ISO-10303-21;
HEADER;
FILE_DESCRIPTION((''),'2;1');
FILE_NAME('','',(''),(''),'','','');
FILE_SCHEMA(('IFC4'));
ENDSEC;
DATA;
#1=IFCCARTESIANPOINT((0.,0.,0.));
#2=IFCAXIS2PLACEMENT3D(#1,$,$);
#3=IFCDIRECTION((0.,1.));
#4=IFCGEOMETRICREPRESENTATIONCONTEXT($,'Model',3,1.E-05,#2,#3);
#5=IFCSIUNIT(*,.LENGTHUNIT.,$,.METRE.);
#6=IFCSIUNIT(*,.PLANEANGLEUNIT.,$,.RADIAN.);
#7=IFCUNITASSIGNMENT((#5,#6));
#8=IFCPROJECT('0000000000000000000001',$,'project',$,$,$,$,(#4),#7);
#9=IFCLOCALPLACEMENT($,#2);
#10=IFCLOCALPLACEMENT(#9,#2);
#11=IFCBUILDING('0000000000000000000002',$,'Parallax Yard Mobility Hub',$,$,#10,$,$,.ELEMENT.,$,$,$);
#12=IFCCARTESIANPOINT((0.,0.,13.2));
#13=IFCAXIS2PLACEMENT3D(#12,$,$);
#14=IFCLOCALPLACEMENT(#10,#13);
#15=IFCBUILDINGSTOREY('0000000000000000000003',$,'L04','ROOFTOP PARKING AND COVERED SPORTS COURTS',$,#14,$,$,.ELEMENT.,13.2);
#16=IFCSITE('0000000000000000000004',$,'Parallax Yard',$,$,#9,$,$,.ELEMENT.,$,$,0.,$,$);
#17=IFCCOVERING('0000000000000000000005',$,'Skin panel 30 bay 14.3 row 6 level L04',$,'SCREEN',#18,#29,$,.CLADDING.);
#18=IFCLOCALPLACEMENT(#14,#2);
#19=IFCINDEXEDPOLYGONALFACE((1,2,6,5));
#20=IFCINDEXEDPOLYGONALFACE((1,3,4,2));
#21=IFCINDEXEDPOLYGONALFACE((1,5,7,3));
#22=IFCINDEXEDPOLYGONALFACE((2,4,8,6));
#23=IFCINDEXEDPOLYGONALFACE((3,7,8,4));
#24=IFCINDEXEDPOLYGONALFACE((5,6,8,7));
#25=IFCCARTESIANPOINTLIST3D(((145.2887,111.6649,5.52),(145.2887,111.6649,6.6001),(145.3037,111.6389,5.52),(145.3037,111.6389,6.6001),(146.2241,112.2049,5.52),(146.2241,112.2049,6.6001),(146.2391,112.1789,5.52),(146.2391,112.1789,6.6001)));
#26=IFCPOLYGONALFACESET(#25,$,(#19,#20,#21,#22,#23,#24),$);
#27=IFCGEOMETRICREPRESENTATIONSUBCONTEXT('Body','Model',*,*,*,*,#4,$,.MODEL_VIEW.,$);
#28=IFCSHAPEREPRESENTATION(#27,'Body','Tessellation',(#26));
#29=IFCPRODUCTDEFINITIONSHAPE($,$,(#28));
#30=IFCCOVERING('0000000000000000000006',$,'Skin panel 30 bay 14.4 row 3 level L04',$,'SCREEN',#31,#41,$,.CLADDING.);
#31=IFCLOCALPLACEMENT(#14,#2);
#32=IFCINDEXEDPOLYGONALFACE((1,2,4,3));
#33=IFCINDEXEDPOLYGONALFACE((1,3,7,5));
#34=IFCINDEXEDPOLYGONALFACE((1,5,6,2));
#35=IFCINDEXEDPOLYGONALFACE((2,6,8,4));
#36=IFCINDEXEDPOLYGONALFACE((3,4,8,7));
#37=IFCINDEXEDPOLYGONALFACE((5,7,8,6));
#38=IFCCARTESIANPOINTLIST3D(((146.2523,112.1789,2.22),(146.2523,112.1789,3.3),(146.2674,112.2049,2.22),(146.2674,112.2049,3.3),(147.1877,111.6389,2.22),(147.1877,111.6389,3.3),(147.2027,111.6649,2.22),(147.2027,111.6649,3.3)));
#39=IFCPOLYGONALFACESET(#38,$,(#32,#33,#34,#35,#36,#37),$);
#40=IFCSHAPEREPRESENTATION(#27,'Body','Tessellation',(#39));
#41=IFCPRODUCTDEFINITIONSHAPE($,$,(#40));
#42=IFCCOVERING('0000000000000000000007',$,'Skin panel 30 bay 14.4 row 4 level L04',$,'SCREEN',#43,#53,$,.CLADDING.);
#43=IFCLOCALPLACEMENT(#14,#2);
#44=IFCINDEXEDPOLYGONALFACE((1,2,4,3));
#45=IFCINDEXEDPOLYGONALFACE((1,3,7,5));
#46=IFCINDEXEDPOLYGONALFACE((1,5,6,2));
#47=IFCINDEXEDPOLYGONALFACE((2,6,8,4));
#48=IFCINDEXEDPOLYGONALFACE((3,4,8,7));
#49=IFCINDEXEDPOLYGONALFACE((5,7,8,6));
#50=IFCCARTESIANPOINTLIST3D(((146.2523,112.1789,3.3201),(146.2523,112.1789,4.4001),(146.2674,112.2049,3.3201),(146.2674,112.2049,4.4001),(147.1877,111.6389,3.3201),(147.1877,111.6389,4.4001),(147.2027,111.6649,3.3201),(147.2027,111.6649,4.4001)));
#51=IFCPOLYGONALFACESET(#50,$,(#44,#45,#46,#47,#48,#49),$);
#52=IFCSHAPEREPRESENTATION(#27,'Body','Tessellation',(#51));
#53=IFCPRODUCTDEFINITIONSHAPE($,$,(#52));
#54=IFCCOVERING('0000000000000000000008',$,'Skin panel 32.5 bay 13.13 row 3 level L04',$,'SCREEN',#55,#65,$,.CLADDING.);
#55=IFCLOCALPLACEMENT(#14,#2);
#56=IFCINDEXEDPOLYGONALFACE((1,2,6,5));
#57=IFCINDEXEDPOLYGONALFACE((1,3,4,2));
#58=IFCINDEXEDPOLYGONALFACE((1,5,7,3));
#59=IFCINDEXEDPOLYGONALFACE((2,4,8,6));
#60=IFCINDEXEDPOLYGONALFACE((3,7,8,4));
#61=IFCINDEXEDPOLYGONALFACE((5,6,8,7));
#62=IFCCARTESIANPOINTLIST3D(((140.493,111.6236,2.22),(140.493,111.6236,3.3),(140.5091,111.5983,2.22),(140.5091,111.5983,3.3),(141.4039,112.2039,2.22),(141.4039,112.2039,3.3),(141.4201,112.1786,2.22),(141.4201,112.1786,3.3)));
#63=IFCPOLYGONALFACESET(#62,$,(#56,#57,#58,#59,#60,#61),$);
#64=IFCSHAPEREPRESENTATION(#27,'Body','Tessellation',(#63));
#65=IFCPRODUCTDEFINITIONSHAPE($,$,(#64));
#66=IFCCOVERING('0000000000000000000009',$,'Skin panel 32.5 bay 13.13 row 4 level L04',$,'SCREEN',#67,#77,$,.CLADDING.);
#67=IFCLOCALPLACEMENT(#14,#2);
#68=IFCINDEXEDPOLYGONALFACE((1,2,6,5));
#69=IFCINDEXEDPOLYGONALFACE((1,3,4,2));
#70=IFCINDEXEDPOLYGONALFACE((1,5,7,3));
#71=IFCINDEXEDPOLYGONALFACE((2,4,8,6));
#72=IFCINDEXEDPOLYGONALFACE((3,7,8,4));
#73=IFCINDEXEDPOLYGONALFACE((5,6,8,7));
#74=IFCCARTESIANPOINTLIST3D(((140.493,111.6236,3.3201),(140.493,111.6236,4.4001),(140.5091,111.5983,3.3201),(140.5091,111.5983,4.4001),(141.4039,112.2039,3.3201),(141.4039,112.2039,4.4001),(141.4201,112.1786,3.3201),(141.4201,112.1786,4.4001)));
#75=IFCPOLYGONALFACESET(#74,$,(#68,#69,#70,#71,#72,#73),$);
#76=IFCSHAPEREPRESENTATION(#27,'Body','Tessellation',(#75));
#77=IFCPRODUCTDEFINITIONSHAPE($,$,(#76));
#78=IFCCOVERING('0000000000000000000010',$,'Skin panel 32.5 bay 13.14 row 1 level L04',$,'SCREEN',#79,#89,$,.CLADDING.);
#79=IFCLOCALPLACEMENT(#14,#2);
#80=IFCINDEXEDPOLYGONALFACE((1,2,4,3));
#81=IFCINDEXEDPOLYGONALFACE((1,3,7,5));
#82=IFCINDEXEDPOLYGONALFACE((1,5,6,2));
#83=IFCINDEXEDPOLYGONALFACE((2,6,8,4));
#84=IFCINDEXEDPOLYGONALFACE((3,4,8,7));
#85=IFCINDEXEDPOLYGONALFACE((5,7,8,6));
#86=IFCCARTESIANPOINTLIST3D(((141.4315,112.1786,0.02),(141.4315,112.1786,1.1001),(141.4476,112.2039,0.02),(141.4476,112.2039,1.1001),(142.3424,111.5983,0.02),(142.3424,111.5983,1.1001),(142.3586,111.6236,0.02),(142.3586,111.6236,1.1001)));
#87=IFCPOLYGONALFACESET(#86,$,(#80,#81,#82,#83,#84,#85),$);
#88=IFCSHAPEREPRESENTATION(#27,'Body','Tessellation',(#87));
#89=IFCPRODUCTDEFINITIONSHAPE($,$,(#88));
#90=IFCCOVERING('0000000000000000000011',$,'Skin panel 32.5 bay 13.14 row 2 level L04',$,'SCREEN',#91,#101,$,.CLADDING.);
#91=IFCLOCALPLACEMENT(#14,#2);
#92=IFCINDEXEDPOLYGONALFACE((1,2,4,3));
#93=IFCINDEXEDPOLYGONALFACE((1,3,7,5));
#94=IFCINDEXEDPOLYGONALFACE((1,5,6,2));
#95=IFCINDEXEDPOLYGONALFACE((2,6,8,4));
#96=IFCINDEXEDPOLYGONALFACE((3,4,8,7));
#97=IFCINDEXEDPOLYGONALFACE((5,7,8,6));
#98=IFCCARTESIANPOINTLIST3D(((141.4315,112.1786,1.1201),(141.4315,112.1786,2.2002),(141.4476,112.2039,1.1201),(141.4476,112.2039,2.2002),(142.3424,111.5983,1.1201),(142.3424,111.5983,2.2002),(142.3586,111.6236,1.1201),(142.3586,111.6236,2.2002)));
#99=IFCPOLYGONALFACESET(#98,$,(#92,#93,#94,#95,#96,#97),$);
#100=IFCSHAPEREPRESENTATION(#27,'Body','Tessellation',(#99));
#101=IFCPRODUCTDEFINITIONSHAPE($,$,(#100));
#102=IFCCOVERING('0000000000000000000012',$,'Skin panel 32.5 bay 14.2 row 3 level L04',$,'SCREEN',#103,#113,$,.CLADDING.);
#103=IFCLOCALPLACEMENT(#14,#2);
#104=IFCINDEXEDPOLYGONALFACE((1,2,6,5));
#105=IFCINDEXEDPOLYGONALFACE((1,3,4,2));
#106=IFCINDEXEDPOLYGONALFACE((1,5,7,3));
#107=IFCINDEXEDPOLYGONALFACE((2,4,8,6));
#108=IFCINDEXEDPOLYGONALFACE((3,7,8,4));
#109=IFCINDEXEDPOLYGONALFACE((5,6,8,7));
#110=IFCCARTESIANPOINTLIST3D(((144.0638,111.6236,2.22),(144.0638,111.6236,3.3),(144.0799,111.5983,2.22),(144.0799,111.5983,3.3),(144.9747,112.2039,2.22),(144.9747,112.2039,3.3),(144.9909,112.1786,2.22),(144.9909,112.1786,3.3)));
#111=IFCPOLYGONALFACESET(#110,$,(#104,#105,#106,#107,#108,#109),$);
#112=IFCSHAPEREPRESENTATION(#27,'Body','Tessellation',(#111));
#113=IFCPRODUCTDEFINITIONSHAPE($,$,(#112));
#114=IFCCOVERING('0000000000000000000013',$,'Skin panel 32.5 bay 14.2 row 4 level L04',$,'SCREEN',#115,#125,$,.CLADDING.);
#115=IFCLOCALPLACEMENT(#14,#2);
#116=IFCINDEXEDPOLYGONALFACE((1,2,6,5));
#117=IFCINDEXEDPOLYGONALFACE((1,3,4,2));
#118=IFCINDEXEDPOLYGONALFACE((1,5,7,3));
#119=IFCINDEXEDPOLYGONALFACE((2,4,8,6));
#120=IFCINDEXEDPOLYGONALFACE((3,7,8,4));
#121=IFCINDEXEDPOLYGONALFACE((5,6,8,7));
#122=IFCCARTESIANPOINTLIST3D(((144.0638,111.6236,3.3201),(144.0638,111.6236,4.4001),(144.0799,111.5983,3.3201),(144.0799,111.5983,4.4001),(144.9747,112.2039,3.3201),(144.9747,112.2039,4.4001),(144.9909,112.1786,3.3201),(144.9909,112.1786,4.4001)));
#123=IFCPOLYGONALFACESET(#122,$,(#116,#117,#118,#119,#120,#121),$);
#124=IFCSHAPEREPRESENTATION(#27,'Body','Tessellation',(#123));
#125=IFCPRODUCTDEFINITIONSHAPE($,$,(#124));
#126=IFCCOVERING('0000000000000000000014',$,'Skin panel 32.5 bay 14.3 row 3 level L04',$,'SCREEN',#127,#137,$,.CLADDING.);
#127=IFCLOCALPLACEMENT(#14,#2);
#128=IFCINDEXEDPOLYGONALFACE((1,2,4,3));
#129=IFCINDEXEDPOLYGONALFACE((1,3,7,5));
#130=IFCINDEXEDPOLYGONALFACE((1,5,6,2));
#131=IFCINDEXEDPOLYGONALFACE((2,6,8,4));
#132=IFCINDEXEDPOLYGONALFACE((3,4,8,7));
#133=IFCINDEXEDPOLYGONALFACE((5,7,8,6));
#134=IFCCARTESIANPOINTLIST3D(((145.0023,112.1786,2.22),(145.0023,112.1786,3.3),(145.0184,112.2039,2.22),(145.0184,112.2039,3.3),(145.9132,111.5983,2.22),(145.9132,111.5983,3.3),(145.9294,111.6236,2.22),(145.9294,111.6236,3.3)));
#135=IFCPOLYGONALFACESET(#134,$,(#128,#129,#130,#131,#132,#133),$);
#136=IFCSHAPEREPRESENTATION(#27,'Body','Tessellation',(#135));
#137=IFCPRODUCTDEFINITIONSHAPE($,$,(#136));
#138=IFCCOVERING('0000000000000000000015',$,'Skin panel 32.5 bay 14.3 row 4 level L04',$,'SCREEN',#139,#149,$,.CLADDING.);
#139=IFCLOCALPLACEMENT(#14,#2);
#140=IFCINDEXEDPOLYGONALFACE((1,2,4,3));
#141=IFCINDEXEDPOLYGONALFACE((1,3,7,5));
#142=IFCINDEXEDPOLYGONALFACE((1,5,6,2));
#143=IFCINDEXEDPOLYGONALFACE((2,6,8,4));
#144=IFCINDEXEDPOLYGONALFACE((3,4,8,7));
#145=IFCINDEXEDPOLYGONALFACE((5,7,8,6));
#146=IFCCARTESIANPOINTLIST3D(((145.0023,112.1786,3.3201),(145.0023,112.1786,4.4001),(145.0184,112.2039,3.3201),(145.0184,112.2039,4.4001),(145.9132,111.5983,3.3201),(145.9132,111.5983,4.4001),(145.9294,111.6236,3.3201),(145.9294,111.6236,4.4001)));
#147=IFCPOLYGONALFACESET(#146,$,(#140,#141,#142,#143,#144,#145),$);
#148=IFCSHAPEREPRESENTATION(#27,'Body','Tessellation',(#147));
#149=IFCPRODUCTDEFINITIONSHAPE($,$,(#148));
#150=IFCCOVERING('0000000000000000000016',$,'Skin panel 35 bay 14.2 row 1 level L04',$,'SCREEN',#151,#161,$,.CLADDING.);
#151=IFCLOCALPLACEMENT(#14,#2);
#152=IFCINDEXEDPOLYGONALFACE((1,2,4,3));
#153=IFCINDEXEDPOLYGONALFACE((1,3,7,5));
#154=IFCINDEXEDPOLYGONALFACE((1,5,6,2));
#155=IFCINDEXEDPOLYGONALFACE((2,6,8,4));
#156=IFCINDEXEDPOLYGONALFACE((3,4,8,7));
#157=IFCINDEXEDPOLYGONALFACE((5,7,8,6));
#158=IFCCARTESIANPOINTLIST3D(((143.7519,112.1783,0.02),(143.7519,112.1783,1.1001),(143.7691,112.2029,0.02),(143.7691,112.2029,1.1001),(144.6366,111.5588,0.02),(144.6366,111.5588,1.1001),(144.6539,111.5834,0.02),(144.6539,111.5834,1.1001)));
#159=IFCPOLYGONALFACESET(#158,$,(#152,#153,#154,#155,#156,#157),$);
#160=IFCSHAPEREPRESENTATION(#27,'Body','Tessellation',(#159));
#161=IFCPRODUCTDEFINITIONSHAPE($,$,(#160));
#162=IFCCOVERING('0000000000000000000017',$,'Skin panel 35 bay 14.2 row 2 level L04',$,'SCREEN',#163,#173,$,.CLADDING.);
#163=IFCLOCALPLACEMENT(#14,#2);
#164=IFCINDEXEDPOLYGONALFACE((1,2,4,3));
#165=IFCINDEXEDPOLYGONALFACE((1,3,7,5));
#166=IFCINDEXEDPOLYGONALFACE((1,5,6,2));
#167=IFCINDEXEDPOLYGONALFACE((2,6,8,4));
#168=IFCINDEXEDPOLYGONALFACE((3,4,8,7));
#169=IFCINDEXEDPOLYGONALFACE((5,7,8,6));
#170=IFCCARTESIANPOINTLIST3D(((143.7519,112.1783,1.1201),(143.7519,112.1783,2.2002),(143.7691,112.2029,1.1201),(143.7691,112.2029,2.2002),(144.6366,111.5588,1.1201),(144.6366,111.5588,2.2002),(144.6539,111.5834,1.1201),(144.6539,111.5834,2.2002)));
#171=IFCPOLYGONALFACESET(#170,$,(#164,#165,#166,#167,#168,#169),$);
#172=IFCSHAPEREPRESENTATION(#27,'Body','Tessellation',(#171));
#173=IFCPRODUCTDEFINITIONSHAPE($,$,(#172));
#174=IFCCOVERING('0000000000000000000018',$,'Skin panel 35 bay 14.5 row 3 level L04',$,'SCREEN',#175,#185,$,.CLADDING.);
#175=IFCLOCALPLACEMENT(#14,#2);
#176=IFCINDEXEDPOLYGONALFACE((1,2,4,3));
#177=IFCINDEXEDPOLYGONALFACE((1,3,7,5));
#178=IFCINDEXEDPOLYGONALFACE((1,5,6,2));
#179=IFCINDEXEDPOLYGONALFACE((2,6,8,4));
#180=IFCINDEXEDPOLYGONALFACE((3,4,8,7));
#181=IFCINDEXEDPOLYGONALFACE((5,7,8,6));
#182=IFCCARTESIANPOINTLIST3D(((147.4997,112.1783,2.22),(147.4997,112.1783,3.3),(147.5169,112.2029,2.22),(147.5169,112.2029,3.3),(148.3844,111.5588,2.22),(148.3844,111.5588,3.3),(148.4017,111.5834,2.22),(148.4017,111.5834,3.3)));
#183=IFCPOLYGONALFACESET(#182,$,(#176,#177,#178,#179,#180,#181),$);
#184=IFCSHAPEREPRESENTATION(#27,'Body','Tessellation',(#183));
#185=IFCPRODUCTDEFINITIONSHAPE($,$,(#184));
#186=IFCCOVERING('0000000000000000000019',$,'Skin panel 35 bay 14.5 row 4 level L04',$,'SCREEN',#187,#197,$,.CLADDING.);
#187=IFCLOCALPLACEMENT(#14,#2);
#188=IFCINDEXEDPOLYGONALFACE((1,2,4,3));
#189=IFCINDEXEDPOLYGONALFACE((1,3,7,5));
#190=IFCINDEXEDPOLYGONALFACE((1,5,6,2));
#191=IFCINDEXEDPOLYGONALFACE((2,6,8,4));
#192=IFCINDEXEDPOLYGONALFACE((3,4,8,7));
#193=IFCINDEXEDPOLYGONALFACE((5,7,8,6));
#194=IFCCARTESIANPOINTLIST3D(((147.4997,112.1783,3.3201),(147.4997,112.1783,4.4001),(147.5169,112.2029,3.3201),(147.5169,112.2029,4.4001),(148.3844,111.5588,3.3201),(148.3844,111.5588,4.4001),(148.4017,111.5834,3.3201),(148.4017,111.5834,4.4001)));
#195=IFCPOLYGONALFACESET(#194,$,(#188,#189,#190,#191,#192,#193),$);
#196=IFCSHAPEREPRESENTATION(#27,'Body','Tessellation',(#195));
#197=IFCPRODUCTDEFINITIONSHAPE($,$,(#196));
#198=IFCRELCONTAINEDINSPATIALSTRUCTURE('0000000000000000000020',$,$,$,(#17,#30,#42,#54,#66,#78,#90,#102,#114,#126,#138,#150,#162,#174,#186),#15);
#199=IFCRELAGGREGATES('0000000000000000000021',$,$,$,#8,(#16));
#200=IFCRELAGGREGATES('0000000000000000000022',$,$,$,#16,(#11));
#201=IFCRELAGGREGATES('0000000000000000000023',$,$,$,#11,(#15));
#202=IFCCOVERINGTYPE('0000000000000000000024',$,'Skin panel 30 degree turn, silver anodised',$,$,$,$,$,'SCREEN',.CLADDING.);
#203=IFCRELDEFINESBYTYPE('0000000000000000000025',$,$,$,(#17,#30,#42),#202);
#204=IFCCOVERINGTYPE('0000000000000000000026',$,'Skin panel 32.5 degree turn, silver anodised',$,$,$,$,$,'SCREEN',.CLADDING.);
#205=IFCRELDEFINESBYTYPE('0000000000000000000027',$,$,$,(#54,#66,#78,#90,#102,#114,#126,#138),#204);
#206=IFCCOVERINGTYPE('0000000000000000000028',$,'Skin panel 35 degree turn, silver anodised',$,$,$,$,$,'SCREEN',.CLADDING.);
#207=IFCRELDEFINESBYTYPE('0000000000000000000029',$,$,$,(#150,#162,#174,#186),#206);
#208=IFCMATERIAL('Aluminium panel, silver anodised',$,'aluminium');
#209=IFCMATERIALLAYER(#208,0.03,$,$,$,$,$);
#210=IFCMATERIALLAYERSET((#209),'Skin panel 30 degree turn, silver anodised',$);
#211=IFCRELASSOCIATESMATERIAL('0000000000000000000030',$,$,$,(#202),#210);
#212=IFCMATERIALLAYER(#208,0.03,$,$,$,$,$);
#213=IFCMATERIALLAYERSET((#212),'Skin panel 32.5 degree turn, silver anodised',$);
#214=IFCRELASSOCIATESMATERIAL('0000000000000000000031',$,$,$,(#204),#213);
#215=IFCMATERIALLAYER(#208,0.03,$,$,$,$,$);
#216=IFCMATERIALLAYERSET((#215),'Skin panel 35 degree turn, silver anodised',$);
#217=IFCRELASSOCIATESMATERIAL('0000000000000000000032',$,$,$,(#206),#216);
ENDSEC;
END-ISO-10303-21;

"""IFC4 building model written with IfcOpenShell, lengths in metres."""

from ifc_helpers import new_model, si_unit, direction, frame, origin, origin_2d, place, context, subcontext, project, spatial, rectangle, extrude, material, layer, layer_set, type_object, element, save


model = new_model("IFC4")

# Units and contexts
model_context = context("Model", 3, precision=1e-05, world=origin(), true_north=direction((0.0, 1.0)))
body_context = subcontext(model_context, "Body", "Model", "MODEL_VIEW")
ifc_project = project(units=[si_unit("LENGTHUNIT", "METRE"), si_unit("PLANEANGLEUNIT", "RADIAN")], contexts=[model_context])

# Site, building, storey
site_placement = place(None, origin())
site = spatial("IfcSite", under=ifc_project, at=site_placement, Name="Parallax Yard", CompositionType="ELEMENT", RefElevation=0.0)
building_placement = place(site_placement, origin())
building = spatial("IfcBuilding", under=site, at=building_placement, Name="Parallax Yard Mobility Hub", CompositionType="ELEMENT")
storey_placement = place(building_placement, frame((0.0, 0.0, 13.2)))
storey = spatial("IfcBuildingStorey", under=building, at=storey_placement, Name="L04", Description="ROOFTOP PARKING AND COVERED SPORTS COURTS", CompositionType="ELEMENT", Elevation=13.2)

# Coverings
ifc_material = material(Name="Aluminium panel, silver anodised", Category="aluminium")
ifc_layer_1 = layer(ifc_material, 0.03)
ifc_layer_set_1 = layer_set([ifc_layer_1], Name="Skin panel 30 degree turn, silver anodised")
covering_type_1 = type_object("IfcCoveringType", Name="Skin panel 30 degree turn, silver anodised", ElementType="SCREEN", PredefinedType="CLADDING", material=ifc_layer_set_1)
for number, where, z_axis, x_axis, name in (
    (1, (145.7639, 111.9219, 5.52), (0.0, 0.0, 1.0), (-0.866025, -0.5, 0.0), "Skin panel 30 bay 14.3 row 6 level L04"),
    (2, (146.7275, 111.9219, 2.22), (0.0, 0.0, 1.0), (0.866025, -0.5, 0.0), "Skin panel 30 bay 14.4 row 3 level L04"),
    (3, (146.7275, 111.9219, 3.3201), (0.0, 0.0, 1.0), (0.866025, -0.5, 0.0), "Skin panel 30 bay 14.4 row 4 level L04"),
):
    element("IfcCovering", number, at=place(storey_placement, frame(where, z_axis=z_axis, x_axis=x_axis)), inside=storey, type_object=covering_type_1, Name=name, ObjectType="SCREEN", PredefinedType="CLADDING", context=body_context, shape_type="SweptSolid", body=[
        extrude(rectangle(XDim=1.0801, YDim=0.03, at=origin_2d()), origin(), (0.0, 0.0, 1.0), 1.0801),
    ])
ifc_layer_2 = layer(ifc_material, 0.03)
ifc_layer_set_2 = layer_set([ifc_layer_2], Name="Skin panel 32.5 degree turn, silver anodised")
covering_type_2 = type_object("IfcCoveringType", Name="Skin panel 32.5 degree turn, silver anodised", ElementType="SCREEN", PredefinedType="CLADDING", material=ifc_layer_set_2)
for number, where, z_axis, x_axis, name in (
    (4, (140.9565, 111.9011, 2.22), (0.0, 0.0, 1.0), (-0.843391, -0.5373, 0.0), "Skin panel 32.5 bay 13.13 row 3 level L04"),
    (5, (140.9565, 111.9011, 3.3201), (0.0, 0.0, 1.0), (-0.843391, -0.5373, 0.0), "Skin panel 32.5 bay 13.13 row 4 level L04"),
    (6, (141.895, 111.9011, 0.02), (0.0, 0.0, 1.0), (0.843391, -0.5373, 0.0), "Skin panel 32.5 bay 13.14 row 1 level L04"),
    (7, (141.895, 111.9011, 1.1201), (0.0, 0.0, 1.0), (0.843391, -0.5373, 0.0), "Skin panel 32.5 bay 13.14 row 2 level L04"),
    (8, (144.5273, 111.9011, 2.22), (0.0, 0.0, 1.0), (-0.843391, -0.5373, 0.0), "Skin panel 32.5 bay 14.2 row 3 level L04"),
    (9, (144.5273, 111.9011, 3.3201), (0.0, 0.0, 1.0), (-0.843391, -0.5373, 0.0), "Skin panel 32.5 bay 14.2 row 4 level L04"),
    (10, (145.4658, 111.9011, 2.22), (0.0, 0.0, 1.0), (0.843391, -0.5373, 0.0), "Skin panel 32.5 bay 14.3 row 3 level L04"),
    (11, (145.4658, 111.9011, 3.3201), (0.0, 0.0, 1.0), (0.843391, -0.5373, 0.0), "Skin panel 32.5 bay 14.3 row 4 level L04"),
):
    element("IfcCovering", number, at=place(storey_placement, frame(where, z_axis=z_axis, x_axis=x_axis)), inside=storey, type_object=covering_type_2, Name=name, ObjectType="SCREEN", PredefinedType="CLADDING", context=body_context, shape_type="SweptSolid", body=[
        extrude(rectangle(XDim=1.0801, YDim=0.03, at=origin_2d()), origin(), (0.0, 0.0, 1.0), 1.0801),
    ])
ifc_layer_3 = layer(ifc_material, 0.03)
ifc_layer_set_3 = layer_set([ifc_layer_3], Name="Skin panel 35 degree turn, silver anodised")
covering_type_3 = type_object("IfcCoveringType", Name="Skin panel 35 degree turn, silver anodised", ElementType="SCREEN", PredefinedType="CLADDING", material=ifc_layer_set_3)
for number, where, z_axis, x_axis, name in (
    (12, (144.2029, 111.8809, 0.02), (0.0, 0.0, 1.0), (0.819152, -0.573576, 0.0), "Skin panel 35 bay 14.2 row 1 level L04"),
    (13, (144.2029, 111.8809, 1.1201), (0.0, 0.0, 1.0), (0.819152, -0.573576, 0.0), "Skin panel 35 bay 14.2 row 2 level L04"),
    (14, (147.9507, 111.8809, 2.22), (0.0, 0.0, 1.0), (0.819152, -0.573576, 0.0), "Skin panel 35 bay 14.5 row 3 level L04"),
    (15, (147.9507, 111.8809, 3.3201), (0.0, 0.0, 1.0), (0.819152, -0.573576, 0.0), "Skin panel 35 bay 14.5 row 4 level L04"),
):
    element("IfcCovering", number, at=place(storey_placement, frame(where, z_axis=z_axis, x_axis=x_axis)), inside=storey, type_object=covering_type_3, Name=name, ObjectType="SCREEN", PredefinedType="CLADDING", context=body_context, shape_type="SweptSolid", body=[
        extrude(rectangle(XDim=1.0801, YDim=0.03, at=origin_2d()), origin(), (0.0, 0.0, 1.0), 1.0801),
    ])

save(model, "model.ifc")
